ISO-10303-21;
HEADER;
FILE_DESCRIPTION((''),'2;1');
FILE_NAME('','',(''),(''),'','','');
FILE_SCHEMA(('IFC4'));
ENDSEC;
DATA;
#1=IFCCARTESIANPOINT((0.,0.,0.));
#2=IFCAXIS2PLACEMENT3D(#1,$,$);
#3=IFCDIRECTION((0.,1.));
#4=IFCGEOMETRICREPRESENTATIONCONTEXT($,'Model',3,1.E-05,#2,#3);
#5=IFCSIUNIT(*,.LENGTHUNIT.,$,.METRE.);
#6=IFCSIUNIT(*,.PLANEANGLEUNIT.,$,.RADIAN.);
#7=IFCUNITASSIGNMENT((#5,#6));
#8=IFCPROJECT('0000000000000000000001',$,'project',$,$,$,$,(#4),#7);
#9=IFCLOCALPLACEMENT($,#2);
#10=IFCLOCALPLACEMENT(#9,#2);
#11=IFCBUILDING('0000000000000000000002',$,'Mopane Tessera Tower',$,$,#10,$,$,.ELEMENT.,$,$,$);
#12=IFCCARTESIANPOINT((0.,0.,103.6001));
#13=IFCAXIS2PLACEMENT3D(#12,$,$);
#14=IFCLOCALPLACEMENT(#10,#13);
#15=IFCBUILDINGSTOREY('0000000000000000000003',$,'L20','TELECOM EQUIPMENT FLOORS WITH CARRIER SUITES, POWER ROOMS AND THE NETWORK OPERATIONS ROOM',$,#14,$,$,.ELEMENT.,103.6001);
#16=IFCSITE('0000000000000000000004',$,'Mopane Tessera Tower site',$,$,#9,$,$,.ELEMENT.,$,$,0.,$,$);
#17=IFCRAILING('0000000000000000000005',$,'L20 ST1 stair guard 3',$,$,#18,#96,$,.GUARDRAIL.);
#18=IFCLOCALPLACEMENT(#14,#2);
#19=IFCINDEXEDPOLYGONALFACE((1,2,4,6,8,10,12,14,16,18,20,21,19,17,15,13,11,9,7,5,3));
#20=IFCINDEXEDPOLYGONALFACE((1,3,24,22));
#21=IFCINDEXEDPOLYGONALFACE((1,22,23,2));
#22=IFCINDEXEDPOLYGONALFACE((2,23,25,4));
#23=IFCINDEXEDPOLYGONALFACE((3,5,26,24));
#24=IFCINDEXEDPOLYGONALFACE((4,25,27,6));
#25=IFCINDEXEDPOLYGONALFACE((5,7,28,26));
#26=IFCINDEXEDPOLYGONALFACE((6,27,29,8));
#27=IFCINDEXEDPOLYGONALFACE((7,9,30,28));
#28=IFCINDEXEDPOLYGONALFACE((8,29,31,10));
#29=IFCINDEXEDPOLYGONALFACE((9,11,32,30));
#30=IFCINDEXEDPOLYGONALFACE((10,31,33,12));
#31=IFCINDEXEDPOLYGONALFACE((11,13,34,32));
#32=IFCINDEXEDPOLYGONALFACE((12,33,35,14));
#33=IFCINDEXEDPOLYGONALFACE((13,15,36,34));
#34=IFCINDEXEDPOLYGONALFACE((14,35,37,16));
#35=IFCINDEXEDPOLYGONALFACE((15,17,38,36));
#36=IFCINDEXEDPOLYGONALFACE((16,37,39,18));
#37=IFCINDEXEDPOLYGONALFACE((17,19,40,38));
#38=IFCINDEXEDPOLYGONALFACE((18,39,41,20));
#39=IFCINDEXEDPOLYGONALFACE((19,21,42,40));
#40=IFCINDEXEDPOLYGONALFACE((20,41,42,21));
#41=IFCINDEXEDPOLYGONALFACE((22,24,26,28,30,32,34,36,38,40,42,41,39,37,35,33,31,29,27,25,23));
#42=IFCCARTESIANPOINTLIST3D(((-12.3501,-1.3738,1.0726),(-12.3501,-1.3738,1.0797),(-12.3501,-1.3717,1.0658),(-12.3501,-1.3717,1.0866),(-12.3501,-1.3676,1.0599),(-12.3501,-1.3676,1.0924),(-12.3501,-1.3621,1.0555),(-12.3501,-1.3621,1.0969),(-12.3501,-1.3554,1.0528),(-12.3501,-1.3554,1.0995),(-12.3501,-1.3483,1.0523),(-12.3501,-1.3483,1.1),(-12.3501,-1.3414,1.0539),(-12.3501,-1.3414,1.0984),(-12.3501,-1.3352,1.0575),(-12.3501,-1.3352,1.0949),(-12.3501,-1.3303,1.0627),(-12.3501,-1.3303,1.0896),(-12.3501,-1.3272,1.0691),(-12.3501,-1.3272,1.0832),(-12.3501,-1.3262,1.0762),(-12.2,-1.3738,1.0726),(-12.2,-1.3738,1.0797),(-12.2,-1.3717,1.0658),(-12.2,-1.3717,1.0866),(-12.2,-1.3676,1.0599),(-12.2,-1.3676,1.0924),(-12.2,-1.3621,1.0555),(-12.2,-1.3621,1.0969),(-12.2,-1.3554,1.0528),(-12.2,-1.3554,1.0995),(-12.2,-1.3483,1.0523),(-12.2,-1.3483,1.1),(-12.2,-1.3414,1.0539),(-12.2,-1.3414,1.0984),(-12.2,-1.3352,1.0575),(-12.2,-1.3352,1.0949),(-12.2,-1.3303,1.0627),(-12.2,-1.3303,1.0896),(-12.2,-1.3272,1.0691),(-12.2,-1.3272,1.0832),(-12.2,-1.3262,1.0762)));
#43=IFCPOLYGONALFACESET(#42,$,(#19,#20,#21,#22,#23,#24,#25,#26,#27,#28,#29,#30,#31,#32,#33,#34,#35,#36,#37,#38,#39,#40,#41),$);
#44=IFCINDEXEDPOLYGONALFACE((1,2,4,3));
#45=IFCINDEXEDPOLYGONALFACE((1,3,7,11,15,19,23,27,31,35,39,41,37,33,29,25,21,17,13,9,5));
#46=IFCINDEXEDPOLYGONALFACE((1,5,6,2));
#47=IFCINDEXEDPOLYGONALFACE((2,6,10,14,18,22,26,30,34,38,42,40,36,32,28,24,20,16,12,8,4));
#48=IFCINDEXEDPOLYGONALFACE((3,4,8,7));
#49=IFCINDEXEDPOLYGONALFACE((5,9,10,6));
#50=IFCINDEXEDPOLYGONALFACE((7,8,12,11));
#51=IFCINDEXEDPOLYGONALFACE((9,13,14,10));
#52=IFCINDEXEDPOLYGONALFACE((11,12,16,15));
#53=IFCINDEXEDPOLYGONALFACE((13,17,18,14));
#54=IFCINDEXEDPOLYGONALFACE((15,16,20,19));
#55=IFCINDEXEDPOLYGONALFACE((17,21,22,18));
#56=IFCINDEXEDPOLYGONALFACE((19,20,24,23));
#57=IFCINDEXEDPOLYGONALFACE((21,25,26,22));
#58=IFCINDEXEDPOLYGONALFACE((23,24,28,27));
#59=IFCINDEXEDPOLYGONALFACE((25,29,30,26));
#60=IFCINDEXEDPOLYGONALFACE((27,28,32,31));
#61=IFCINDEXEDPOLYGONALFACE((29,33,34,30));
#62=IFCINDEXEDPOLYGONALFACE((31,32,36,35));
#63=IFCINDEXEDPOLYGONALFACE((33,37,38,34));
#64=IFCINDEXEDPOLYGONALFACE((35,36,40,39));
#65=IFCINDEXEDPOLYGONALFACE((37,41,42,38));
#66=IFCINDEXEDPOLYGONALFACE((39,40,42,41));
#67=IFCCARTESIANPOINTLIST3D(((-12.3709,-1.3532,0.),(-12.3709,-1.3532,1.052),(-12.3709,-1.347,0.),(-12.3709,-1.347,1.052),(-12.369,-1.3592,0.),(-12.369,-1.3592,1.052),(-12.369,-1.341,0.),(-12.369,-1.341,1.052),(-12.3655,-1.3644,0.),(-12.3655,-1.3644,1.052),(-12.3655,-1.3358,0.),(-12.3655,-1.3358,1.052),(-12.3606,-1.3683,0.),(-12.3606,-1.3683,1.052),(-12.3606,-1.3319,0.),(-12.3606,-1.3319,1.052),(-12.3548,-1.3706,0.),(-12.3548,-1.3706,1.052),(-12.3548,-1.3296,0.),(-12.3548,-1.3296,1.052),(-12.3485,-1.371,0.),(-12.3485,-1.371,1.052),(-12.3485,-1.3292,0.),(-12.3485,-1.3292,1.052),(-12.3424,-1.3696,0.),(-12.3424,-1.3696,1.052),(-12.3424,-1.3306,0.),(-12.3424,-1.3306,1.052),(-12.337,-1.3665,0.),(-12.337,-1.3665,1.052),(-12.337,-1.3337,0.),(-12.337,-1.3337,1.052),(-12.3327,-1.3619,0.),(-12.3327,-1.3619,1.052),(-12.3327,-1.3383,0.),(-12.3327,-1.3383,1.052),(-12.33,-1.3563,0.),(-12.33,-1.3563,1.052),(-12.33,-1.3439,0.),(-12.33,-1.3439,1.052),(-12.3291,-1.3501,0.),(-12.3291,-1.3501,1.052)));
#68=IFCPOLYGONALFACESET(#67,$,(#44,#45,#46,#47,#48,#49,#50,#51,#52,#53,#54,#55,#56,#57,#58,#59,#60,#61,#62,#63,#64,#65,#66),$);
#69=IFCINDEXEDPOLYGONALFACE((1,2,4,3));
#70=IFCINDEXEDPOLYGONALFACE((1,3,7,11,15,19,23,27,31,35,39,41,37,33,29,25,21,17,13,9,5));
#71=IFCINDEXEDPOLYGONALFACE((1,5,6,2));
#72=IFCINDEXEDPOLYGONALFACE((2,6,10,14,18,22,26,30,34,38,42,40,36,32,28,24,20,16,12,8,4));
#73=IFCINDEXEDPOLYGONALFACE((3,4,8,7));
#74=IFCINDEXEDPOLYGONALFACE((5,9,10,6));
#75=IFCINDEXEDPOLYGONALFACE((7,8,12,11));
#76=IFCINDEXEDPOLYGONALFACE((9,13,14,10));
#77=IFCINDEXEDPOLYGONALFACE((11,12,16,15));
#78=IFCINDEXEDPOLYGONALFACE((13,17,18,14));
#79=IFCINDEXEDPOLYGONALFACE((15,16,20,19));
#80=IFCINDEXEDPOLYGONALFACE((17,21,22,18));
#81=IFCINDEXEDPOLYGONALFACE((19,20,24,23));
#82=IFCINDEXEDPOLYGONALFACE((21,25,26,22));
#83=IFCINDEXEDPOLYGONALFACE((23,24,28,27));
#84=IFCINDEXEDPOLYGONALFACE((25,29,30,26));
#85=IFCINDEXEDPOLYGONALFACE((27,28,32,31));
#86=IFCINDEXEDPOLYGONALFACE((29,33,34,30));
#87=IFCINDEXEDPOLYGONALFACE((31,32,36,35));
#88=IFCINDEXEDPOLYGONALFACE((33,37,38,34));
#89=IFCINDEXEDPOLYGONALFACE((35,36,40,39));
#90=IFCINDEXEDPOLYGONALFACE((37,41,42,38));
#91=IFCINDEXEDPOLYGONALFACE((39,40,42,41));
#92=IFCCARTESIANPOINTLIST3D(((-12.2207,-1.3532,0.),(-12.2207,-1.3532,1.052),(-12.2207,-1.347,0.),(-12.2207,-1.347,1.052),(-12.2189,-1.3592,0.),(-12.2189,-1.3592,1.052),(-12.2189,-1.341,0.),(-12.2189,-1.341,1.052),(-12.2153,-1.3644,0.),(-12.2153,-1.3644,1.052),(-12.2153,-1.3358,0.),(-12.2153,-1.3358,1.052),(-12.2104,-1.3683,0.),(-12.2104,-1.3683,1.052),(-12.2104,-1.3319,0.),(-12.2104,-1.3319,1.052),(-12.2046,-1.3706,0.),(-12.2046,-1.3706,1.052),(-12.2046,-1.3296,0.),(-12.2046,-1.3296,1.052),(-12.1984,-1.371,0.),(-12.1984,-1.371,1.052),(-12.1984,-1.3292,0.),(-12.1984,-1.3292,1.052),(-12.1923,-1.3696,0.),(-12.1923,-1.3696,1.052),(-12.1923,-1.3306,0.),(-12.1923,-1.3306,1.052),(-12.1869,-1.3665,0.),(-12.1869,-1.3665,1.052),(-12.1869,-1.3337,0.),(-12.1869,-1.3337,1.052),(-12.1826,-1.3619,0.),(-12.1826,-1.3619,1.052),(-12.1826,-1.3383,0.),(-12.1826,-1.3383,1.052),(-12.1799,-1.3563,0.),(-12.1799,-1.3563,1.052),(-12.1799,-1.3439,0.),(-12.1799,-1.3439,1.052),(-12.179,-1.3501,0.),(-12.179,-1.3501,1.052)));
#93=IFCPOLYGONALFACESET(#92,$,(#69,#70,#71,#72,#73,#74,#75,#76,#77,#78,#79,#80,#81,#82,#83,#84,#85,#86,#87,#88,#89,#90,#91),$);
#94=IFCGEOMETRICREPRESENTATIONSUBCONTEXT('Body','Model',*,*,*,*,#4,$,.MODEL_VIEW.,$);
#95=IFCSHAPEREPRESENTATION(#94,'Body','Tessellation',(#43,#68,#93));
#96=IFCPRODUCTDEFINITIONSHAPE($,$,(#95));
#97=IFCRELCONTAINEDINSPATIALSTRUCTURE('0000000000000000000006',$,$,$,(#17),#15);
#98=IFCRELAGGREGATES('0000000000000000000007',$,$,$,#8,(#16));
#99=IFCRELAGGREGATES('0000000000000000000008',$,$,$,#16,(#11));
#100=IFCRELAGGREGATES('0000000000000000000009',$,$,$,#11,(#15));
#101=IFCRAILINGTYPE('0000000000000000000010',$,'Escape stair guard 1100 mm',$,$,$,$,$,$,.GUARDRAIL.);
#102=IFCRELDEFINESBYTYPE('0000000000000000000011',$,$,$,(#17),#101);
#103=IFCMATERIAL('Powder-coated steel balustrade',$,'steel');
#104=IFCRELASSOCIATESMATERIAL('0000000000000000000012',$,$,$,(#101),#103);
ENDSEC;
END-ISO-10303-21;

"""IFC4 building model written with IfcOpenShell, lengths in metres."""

from ifc_helpers import new_model, si_unit, direction, frame, origin, origin_2d, place, context, subcontext, project, spatial, circle, extrude, material, type_object, element, save


model = new_model("IFC4")

# Units and contexts
model_context = context("Model", 3, precision=1e-05, world=origin(), true_north=direction((0.0, 1.0)))
body_context = subcontext(model_context, "Body", "Model", "MODEL_VIEW")
ifc_project = project(units=[si_unit("LENGTHUNIT", "METRE"), si_unit("PLANEANGLEUNIT", "RADIAN")], contexts=[model_context])

# Site, building, storey
site_placement = place(None, origin())
site = spatial("IfcSite", under=ifc_project, at=site_placement, Name="Mopane Tessera Tower site", CompositionType="ELEMENT", RefElevation=0.0)
building_placement = place(site_placement, origin())
building = spatial("IfcBuilding", under=site, at=building_placement, Name="Mopane Tessera Tower", CompositionType="ELEMENT")
storey_placement = place(building_placement, frame((0.0, 0.0, 103.6001)))
storey = spatial("IfcBuildingStorey", under=building, at=storey_placement, Name="L20", Description="TELECOM EQUIPMENT FLOORS WITH CARRIER SUITES, POWER ROOMS AND THE NETWORK OPERATIONS ROOM", CompositionType="ELEMENT", Elevation=103.6001)

# Railing
ifc_material_1 = material(Name="Powder-coated steel balustrade", Category="steel")
railing_type_1 = type_object("IfcRailingType", Name="Escape stair guard 1100 mm", PredefinedType="GUARDRAIL", material=ifc_material_1)
railing_1_placement = place(storey_placement, frame((-12.3501, -1.3501, 0.0)))
element("IfcRailing", 1, at=railing_1_placement, inside=storey, type_object=railing_type_1, Name="L20 ST1 stair guard 3", PredefinedType="GUARDRAIL", context=body_context, shape_type="SweptSolid", body=[
    extrude(circle(Radius=0.0239, at=origin_2d()), frame((0.0, 0.0, 1.0762), z_axis=(1.0, 0.0, 0.0), x_axis=(0.0, 1.0, 0.0)), (0.0, 0.0, 1.0), 0.1501),
    extrude(circle(Radius=0.021, at=origin_2d()), origin(), (0.0, 0.0, 1.0), 1.052),
    extrude(circle(Radius=0.021, at=origin_2d()), frame((0.1501, 0.0, 0.0)), (0.0, 0.0, 1.0), 1.052),
])

save(model, "model.ifc")
